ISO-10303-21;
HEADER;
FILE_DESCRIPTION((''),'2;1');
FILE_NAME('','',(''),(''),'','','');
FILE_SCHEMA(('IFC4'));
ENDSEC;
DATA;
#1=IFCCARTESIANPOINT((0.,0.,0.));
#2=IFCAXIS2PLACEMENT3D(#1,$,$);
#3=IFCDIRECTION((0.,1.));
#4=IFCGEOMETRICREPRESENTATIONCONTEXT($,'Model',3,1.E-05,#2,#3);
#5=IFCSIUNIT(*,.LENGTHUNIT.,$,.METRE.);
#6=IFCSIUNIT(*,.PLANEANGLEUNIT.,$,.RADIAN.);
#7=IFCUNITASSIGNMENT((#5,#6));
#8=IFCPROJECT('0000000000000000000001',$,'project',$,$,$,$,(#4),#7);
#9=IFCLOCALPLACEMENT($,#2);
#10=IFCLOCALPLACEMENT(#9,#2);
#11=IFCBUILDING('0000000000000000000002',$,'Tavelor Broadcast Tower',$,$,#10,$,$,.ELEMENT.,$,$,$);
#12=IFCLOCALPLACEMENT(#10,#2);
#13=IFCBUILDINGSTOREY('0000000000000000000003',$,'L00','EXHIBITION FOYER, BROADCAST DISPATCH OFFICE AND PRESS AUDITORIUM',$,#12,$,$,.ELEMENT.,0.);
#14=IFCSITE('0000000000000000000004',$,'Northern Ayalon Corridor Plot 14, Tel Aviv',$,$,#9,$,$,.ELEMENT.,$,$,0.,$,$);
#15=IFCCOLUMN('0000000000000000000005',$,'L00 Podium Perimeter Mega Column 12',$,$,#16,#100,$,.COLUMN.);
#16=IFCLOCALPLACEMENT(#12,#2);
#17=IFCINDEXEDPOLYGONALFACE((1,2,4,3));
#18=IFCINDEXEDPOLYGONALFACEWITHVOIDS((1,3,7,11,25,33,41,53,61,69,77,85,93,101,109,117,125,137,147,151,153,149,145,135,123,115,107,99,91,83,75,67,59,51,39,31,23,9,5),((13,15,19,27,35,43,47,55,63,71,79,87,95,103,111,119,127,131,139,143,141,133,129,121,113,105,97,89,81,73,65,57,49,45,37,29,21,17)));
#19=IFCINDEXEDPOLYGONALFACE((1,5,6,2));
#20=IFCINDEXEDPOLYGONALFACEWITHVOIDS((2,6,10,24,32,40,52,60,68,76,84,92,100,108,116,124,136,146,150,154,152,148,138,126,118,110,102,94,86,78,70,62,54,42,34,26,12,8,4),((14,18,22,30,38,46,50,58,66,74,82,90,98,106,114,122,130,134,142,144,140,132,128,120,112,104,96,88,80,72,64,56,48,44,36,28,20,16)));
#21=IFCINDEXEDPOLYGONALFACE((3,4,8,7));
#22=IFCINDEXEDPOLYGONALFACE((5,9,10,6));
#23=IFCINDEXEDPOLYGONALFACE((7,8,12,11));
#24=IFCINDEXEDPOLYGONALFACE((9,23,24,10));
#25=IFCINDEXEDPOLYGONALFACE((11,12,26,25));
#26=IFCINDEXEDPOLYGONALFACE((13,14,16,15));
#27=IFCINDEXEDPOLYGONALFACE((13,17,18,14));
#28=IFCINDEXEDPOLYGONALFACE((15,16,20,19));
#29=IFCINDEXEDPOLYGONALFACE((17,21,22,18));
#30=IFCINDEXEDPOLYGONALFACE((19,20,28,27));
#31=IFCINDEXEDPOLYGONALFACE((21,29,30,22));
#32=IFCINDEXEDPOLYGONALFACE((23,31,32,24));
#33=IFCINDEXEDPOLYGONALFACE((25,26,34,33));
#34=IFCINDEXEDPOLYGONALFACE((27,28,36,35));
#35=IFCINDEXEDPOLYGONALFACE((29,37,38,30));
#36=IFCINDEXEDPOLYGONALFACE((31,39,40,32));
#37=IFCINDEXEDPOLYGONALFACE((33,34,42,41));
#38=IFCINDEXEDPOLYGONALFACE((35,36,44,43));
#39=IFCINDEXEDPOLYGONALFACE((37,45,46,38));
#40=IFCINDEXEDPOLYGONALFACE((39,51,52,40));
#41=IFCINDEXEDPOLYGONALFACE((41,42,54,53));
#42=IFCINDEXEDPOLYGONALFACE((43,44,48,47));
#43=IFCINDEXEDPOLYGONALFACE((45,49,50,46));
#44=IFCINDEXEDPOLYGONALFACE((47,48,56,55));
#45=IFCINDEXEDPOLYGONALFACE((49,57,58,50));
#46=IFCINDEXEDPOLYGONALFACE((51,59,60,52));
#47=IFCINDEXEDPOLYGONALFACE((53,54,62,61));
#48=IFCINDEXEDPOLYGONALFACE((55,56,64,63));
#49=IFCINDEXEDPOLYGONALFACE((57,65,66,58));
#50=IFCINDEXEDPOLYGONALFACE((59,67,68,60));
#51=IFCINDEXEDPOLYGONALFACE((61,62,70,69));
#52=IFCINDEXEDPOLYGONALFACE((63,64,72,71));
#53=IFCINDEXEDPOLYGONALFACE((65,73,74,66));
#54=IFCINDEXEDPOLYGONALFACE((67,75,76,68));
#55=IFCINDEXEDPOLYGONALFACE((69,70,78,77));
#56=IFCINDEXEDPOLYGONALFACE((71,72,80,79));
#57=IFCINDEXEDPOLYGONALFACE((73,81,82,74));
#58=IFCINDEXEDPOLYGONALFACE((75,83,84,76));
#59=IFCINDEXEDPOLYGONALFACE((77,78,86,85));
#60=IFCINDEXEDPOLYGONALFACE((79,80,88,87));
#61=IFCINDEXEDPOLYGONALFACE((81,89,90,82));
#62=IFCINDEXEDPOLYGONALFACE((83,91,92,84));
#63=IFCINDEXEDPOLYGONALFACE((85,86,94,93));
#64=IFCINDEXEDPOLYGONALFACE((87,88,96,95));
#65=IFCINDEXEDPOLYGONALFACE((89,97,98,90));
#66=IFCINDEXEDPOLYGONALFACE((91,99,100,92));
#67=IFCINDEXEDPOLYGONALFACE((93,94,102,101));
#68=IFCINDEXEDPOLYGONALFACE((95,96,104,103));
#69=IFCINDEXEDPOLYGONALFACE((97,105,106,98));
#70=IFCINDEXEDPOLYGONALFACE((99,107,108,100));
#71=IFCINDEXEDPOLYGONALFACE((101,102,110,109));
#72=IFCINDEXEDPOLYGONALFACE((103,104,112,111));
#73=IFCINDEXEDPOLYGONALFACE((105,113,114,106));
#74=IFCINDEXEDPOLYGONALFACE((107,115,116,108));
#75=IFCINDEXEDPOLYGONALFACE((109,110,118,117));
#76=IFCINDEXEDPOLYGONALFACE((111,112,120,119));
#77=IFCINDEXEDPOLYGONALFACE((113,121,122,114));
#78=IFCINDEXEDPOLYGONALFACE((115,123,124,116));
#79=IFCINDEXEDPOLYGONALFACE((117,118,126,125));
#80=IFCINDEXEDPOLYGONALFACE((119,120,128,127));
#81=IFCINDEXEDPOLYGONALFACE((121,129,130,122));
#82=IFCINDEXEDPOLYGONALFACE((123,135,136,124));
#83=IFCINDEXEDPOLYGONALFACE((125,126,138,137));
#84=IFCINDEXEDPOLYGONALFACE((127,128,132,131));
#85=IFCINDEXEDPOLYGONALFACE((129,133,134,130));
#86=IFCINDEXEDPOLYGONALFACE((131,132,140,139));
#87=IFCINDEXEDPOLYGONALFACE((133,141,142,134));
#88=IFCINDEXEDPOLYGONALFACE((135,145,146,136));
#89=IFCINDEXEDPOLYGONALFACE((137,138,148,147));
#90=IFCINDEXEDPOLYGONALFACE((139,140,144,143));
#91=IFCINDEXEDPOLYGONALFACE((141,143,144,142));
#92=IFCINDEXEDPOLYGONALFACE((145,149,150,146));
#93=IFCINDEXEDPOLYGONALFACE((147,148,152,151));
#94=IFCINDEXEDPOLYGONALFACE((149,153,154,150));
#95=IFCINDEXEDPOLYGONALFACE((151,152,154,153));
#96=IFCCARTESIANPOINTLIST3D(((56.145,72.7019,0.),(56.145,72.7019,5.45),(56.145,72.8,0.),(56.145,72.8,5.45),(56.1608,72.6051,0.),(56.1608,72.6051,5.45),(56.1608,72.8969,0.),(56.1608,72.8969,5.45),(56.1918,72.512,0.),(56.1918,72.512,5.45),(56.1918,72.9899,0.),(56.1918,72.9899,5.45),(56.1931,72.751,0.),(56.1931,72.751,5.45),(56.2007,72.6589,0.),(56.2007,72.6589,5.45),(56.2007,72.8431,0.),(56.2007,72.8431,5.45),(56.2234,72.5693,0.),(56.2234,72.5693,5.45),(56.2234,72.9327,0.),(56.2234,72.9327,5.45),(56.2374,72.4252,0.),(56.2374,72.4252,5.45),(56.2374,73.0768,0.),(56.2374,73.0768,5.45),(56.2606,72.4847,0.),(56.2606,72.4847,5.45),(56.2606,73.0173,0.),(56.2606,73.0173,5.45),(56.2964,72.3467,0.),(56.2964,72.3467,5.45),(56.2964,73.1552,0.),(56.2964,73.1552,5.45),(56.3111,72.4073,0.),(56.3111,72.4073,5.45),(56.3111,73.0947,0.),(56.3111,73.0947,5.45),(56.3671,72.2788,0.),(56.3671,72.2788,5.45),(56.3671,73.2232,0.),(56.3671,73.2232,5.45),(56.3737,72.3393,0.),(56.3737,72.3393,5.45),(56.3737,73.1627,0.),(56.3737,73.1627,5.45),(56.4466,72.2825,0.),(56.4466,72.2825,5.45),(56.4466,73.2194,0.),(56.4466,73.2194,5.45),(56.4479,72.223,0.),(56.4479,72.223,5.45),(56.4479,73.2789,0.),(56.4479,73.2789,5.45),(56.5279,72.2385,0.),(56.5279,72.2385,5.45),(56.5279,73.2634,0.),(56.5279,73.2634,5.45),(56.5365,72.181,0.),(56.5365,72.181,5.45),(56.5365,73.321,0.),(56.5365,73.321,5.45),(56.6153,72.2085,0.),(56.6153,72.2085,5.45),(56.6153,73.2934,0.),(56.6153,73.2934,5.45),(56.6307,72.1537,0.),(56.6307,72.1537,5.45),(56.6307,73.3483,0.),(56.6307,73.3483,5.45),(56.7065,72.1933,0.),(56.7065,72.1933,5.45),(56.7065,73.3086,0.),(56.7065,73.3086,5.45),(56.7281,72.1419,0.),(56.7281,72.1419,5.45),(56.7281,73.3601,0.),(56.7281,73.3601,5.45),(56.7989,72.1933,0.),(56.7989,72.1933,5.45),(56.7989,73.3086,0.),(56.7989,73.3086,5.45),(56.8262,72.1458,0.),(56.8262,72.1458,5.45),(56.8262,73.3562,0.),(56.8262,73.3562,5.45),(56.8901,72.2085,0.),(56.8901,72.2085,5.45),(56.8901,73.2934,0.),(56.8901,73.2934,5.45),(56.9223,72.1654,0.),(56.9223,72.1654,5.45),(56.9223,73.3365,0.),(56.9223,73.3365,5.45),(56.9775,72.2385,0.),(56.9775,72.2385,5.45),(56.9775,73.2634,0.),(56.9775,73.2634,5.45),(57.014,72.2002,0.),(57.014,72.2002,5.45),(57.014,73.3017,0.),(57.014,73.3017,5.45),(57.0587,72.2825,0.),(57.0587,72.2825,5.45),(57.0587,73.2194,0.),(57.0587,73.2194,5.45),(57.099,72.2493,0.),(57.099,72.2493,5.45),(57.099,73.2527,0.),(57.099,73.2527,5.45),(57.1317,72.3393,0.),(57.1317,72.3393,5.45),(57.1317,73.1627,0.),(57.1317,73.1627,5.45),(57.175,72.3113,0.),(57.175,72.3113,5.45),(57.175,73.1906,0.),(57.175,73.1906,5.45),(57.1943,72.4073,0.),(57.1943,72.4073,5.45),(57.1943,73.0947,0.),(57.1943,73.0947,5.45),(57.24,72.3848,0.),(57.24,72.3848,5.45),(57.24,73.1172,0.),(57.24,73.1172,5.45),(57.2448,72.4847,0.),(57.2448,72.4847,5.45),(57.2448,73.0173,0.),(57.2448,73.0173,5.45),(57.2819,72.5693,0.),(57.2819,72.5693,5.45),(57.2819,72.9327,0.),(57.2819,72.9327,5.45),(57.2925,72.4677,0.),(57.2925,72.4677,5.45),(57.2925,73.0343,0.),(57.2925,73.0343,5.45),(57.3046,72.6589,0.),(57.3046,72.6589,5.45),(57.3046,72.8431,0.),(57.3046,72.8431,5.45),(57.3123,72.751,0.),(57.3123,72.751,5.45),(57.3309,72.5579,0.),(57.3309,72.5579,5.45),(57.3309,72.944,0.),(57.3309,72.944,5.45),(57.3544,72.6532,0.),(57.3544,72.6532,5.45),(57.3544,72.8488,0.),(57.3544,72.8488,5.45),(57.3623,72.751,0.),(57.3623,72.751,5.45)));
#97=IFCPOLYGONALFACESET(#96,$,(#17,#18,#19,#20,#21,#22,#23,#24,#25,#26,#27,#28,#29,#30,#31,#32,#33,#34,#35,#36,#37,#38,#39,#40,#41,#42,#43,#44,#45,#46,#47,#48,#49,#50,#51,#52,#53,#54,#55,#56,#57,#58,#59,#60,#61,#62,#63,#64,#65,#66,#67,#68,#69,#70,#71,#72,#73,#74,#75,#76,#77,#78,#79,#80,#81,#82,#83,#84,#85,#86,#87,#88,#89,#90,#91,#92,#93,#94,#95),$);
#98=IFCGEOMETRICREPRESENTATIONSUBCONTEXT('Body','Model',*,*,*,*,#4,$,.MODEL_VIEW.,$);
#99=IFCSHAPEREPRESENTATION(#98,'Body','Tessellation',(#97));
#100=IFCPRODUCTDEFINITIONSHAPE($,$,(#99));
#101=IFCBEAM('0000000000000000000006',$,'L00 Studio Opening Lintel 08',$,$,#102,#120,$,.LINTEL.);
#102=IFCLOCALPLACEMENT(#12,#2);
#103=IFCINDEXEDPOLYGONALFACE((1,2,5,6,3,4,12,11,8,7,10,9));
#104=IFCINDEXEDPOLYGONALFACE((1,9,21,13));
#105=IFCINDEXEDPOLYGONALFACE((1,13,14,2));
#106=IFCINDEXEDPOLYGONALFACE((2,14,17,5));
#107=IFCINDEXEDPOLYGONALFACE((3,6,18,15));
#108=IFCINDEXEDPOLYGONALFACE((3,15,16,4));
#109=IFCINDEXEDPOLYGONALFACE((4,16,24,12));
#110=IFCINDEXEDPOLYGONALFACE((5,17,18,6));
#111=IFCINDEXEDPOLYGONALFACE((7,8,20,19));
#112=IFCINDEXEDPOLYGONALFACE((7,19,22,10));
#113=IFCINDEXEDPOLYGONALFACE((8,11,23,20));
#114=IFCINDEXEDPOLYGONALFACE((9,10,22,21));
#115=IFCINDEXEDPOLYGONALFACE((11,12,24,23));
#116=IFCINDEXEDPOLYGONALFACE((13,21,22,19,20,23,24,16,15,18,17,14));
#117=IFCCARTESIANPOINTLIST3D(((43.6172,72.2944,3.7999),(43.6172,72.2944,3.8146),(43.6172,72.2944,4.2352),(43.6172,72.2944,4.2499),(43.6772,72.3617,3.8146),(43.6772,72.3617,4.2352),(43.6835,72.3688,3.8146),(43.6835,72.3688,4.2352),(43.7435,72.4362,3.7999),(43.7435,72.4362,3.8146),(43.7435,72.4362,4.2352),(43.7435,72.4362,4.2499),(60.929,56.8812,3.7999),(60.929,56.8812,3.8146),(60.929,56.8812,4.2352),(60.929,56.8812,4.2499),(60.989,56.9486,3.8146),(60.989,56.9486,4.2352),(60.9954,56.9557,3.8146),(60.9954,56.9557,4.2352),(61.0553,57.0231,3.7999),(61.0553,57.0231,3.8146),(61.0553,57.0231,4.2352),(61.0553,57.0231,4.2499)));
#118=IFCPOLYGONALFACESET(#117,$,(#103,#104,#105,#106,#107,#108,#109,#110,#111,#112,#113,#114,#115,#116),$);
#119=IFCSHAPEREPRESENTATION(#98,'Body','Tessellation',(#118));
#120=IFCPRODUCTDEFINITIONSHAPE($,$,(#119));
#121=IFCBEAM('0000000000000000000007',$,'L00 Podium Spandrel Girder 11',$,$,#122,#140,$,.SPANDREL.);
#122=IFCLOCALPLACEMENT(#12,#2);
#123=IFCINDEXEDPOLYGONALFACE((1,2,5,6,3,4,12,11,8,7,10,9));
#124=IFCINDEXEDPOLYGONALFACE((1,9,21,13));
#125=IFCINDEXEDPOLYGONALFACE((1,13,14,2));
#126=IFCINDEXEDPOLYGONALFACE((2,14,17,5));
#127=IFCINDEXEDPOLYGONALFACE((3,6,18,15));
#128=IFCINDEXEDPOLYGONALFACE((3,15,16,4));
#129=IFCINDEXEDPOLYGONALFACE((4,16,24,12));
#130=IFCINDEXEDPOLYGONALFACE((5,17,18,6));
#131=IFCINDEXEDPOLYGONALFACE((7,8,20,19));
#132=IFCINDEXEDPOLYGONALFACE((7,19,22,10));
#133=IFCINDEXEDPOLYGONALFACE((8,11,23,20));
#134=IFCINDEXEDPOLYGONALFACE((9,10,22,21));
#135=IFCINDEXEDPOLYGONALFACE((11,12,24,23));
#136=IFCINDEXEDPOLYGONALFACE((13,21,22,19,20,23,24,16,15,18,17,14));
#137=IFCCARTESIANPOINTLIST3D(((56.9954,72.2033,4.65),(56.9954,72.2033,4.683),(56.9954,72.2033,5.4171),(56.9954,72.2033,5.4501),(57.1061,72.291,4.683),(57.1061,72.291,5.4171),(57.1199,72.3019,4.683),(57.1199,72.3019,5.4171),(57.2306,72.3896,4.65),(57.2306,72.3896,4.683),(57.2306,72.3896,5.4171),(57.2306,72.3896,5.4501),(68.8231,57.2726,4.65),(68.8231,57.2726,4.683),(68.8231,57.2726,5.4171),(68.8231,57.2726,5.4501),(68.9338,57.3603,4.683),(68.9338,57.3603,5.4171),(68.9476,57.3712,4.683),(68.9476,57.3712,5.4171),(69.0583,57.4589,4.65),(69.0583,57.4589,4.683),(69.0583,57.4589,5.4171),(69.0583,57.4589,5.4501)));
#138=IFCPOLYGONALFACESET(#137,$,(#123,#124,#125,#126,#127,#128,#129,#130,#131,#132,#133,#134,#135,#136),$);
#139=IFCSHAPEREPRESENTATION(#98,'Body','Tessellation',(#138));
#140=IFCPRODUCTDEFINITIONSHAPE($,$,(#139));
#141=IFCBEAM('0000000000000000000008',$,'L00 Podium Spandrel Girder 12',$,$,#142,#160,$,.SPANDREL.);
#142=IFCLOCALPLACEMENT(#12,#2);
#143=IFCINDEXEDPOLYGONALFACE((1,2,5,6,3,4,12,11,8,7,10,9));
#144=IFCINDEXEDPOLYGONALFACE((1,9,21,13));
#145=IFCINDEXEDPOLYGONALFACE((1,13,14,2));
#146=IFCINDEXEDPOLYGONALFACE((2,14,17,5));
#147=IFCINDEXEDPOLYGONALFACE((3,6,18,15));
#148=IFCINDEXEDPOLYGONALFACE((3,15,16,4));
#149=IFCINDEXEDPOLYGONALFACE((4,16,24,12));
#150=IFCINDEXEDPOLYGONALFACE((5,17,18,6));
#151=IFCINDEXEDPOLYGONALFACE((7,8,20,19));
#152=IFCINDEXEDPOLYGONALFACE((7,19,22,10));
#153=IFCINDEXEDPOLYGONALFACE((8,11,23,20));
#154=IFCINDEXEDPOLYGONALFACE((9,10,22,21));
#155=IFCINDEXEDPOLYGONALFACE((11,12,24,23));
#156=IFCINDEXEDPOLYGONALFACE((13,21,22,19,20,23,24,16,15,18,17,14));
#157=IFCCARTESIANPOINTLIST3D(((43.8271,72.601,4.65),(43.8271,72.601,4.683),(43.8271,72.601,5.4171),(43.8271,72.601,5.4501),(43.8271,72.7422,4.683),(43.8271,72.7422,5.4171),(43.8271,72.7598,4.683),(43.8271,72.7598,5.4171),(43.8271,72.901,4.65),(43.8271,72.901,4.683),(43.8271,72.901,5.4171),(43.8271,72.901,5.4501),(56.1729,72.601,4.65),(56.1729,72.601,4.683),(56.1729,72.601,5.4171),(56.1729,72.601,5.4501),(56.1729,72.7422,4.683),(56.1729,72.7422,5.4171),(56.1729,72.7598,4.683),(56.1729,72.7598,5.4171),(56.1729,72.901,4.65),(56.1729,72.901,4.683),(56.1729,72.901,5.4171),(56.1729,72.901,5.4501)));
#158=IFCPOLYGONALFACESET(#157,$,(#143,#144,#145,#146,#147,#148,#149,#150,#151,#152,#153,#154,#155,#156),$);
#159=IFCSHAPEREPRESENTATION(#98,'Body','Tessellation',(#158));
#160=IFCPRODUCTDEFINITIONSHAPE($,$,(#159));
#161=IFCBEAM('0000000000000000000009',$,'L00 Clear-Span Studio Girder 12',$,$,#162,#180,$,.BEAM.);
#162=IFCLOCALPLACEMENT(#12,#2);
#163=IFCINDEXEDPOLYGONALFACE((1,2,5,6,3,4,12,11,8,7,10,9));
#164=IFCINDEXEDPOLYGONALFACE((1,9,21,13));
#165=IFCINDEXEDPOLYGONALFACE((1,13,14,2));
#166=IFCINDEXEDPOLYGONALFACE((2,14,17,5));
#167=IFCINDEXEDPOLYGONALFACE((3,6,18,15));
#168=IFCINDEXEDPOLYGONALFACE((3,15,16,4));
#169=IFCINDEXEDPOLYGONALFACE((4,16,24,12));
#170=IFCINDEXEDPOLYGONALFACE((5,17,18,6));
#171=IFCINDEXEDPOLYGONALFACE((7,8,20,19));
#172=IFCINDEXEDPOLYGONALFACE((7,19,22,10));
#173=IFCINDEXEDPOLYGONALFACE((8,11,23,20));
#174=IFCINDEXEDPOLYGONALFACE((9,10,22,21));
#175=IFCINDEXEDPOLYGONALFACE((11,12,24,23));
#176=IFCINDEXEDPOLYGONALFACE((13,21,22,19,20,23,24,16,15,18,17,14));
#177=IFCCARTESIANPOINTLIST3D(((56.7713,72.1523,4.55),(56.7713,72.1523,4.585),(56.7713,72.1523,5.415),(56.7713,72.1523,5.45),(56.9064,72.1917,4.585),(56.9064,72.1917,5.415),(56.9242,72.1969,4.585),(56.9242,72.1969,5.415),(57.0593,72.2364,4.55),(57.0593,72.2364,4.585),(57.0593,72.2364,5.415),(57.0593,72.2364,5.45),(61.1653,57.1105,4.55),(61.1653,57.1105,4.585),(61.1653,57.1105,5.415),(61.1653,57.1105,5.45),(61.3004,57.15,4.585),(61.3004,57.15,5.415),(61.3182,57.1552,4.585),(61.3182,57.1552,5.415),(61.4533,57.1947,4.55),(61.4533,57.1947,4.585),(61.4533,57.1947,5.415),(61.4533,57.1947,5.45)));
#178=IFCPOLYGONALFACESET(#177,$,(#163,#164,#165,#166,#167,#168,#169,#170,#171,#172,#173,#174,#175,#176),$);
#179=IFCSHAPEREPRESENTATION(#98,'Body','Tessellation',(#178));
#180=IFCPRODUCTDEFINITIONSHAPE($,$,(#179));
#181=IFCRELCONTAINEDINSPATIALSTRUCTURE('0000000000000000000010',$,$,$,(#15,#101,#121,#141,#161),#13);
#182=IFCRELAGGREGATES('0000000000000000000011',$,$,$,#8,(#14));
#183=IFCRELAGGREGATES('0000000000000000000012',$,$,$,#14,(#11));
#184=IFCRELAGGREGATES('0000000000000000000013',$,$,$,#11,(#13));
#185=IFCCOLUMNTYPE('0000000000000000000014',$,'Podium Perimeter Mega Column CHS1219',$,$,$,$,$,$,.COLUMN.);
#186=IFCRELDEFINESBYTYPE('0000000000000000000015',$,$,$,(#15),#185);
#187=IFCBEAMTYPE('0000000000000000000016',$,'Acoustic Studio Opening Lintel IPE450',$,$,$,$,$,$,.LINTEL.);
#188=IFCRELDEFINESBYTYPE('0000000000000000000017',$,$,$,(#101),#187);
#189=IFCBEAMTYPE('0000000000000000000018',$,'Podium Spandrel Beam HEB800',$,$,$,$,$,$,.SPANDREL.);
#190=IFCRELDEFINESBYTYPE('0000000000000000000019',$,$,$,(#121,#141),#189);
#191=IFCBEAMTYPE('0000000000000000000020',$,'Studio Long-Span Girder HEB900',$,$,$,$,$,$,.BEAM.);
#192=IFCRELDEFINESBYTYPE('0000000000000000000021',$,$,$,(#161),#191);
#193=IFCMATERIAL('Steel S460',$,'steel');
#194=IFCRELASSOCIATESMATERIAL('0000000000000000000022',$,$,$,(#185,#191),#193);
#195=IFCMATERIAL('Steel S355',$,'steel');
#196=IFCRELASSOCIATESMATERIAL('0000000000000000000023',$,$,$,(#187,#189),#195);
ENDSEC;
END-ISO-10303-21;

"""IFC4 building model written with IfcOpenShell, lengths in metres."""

from ifc_helpers import new_model, si_unit, direction, frame, origin, origin_2d, place, context, subcontext, project, spatial, hollow_circle, i_section, extrude, material, material_profile, profile_set, type_object, element, save


model = new_model("IFC4")

# Units and contexts
model_context = context("Model", 3, precision=1e-05, world=origin(), true_north=direction((0.0, 1.0)))
body_context = subcontext(model_context, "Body", "Model", "MODEL_VIEW")
ifc_project = project(units=[si_unit("LENGTHUNIT", "METRE"), si_unit("PLANEANGLEUNIT", "RADIAN")], contexts=[model_context])

# Site, building, storey
site_placement = place(None, origin())
site = spatial("IfcSite", under=ifc_project, at=site_placement, Name="Northern Ayalon Corridor Plot 14, Tel Aviv", CompositionType="ELEMENT", RefElevation=0.0)
building_placement = place(site_placement, origin())
building = spatial("IfcBuilding", under=site, at=building_placement, Name="Tavelor Broadcast Tower", CompositionType="ELEMENT")
storey_placement = place(building_placement, origin())
storey = spatial("IfcBuildingStorey", under=building, at=storey_placement, Name="L00", Description="EXHIBITION FOYER, BROADCAST DISPATCH OFFICE AND PRESS AUDITORIUM", CompositionType="ELEMENT", Elevation=0.0)

# Column
ifc_material_1 = material(Name="Steel S355", Category="steel")
ifc_material_2 = material(Name="Steel S460", Category="steel")
ifc_material_profile_1 = material_profile(ifc_material_2, hollow_circle(Radius=0.6096, WallThickness=0.05, at=origin_2d()), Name="CHS 1219x50")
ifc_profile_set_1 = profile_set([ifc_material_profile_1], Name="Steel S460")
column_type_1 = type_object("IfcColumnType", Name="Podium Perimeter Mega Column CHS1219", PredefinedType="COLUMN", material=ifc_profile_set_1)
for number, where, z_axis, x_axis, name in (
    (1, (56.7527, 72.751, 0.0), (0.0, 0.0, 1.0), (1.0, 0.0, 0.0), "L00 Podium Perimeter Mega Column 12"),
):
    element("IfcColumn", number, at=place(storey_placement, frame(where, z_axis=z_axis, x_axis=x_axis)), inside=storey, type_object=column_type_1, Name=name, PredefinedType="COLUMN", context=body_context, shape_type="SweptSolid", body=[
        extrude(hollow_circle(Radius=0.6096, WallThickness=0.05, at=origin_2d()), origin(), (0.0, 0.0, 1.0), 5.45),
    ])

# Beams
ifc_material_profile_2 = material_profile(ifc_material_1, i_section(OverallWidth=0.1899, OverallDepth=0.45, WebThickness=0.0095, FlangeThickness=0.0146, at=origin_2d()), Name="IPE 450")
ifc_profile_set_2 = profile_set([ifc_material_profile_2], Name="Steel S355")
beam_type_1 = type_object("IfcBeamType", Name="Acoustic Studio Opening Lintel IPE450", PredefinedType="LINTEL", material=ifc_profile_set_2)
beam_1_placement = place(storey_placement, frame((60.9922, 56.9521, 4.0249), z_axis=(-0.746877, 0.664962, 0.0), x_axis=(-0.664962, -0.746877, 0.0)))
element("IfcBeam", 2, at=beam_1_placement, inside=storey, type_object=beam_type_1, Name="L00 Studio Opening Lintel 08", PredefinedType="LINTEL", context=body_context, shape_type="SweptSolid", body=[
    extrude(i_section(OverallWidth=0.1899, OverallDepth=0.45, WebThickness=0.0095, FlangeThickness=0.0146, at=origin_2d()), origin(), (0.0, 0.0, 1.0), 23.179),
])
ifc_material_profile_3 = material_profile(ifc_material_1, i_section(OverallWidth=0.3, OverallDepth=0.8, WebThickness=0.0176, FlangeThickness=0.033, at=origin_2d()), Name="HEB 800")
ifc_profile_set_3 = profile_set([ifc_material_profile_3], Name="Steel S355")
beam_type_2 = type_object("IfcBeamType", Name="Podium Spandrel Beam HEB800", PredefinedType="SPANDREL", material=ifc_profile_set_3)
beam_2_placement = place(storey_placement, frame((68.9407, 57.3657, 5.05), z_axis=(-0.620946, 0.783853, 0.0), x_axis=(-0.783853, -0.620946, 0.0)))
element("IfcBeam", 3, at=beam_2_placement, inside=storey, type_object=beam_type_2, Name="L00 Podium Spandrel Girder 11", PredefinedType="SPANDREL", context=body_context, shape_type="SweptSolid", body=[
    extrude(i_section(OverallWidth=0.3, OverallDepth=0.8, WebThickness=0.0176, FlangeThickness=0.033, at=origin_2d()), origin(), (0.0, 0.0, 1.0), 19.0479),
])
beam_3_placement = place(storey_placement, frame((56.1729, 72.751, 5.05), z_axis=(-1.0, 0.0, 0.0), x_axis=(0.0, -1.0, 0.0)))
element("IfcBeam", 4, at=beam_3_placement, inside=storey, type_object=beam_type_2, Name="L00 Podium Spandrel Girder 12", PredefinedType="SPANDREL", context=body_context, shape_type="SweptSolid", body=[
    extrude(i_section(OverallWidth=0.3, OverallDepth=0.8, WebThickness=0.0176, FlangeThickness=0.033, at=origin_2d()), origin(), (0.0, 0.0, 1.0), 12.3457),
])
ifc_material_profile_4 = material_profile(ifc_material_2, i_section(OverallWidth=0.3, OverallDepth=0.8999, WebThickness=0.0186, FlangeThickness=0.0349, at=origin_2d()), Name="HEB 900")
ifc_profile_set_4 = profile_set([ifc_material_profile_4], Name="Steel S460")
beam_type_3 = type_object("IfcBeamType", Name="Studio Long-Span Girder HEB900", PredefinedType="BEAM", material=ifc_profile_set_4)
beam_4_placement = place(storey_placement, frame((61.3093, 57.1526, 5.0), z_axis=(-0.280404, 0.959882, 0.0), x_axis=(-0.959882, -0.280404, 0.0)))
element("IfcBeam", 5, at=beam_4_placement, inside=storey, type_object=beam_type_3, Name="L00 Clear-Span Studio Girder 12", PredefinedType="BEAM", context=body_context, shape_type="SweptSolid", body=[
    extrude(i_section(OverallWidth=0.3, OverallDepth=0.8999, WebThickness=0.0186, FlangeThickness=0.0349, at=origin_2d()), origin(), (0.0, 0.0, 1.0), 15.6704),
])

save(model, "model.ifc")
